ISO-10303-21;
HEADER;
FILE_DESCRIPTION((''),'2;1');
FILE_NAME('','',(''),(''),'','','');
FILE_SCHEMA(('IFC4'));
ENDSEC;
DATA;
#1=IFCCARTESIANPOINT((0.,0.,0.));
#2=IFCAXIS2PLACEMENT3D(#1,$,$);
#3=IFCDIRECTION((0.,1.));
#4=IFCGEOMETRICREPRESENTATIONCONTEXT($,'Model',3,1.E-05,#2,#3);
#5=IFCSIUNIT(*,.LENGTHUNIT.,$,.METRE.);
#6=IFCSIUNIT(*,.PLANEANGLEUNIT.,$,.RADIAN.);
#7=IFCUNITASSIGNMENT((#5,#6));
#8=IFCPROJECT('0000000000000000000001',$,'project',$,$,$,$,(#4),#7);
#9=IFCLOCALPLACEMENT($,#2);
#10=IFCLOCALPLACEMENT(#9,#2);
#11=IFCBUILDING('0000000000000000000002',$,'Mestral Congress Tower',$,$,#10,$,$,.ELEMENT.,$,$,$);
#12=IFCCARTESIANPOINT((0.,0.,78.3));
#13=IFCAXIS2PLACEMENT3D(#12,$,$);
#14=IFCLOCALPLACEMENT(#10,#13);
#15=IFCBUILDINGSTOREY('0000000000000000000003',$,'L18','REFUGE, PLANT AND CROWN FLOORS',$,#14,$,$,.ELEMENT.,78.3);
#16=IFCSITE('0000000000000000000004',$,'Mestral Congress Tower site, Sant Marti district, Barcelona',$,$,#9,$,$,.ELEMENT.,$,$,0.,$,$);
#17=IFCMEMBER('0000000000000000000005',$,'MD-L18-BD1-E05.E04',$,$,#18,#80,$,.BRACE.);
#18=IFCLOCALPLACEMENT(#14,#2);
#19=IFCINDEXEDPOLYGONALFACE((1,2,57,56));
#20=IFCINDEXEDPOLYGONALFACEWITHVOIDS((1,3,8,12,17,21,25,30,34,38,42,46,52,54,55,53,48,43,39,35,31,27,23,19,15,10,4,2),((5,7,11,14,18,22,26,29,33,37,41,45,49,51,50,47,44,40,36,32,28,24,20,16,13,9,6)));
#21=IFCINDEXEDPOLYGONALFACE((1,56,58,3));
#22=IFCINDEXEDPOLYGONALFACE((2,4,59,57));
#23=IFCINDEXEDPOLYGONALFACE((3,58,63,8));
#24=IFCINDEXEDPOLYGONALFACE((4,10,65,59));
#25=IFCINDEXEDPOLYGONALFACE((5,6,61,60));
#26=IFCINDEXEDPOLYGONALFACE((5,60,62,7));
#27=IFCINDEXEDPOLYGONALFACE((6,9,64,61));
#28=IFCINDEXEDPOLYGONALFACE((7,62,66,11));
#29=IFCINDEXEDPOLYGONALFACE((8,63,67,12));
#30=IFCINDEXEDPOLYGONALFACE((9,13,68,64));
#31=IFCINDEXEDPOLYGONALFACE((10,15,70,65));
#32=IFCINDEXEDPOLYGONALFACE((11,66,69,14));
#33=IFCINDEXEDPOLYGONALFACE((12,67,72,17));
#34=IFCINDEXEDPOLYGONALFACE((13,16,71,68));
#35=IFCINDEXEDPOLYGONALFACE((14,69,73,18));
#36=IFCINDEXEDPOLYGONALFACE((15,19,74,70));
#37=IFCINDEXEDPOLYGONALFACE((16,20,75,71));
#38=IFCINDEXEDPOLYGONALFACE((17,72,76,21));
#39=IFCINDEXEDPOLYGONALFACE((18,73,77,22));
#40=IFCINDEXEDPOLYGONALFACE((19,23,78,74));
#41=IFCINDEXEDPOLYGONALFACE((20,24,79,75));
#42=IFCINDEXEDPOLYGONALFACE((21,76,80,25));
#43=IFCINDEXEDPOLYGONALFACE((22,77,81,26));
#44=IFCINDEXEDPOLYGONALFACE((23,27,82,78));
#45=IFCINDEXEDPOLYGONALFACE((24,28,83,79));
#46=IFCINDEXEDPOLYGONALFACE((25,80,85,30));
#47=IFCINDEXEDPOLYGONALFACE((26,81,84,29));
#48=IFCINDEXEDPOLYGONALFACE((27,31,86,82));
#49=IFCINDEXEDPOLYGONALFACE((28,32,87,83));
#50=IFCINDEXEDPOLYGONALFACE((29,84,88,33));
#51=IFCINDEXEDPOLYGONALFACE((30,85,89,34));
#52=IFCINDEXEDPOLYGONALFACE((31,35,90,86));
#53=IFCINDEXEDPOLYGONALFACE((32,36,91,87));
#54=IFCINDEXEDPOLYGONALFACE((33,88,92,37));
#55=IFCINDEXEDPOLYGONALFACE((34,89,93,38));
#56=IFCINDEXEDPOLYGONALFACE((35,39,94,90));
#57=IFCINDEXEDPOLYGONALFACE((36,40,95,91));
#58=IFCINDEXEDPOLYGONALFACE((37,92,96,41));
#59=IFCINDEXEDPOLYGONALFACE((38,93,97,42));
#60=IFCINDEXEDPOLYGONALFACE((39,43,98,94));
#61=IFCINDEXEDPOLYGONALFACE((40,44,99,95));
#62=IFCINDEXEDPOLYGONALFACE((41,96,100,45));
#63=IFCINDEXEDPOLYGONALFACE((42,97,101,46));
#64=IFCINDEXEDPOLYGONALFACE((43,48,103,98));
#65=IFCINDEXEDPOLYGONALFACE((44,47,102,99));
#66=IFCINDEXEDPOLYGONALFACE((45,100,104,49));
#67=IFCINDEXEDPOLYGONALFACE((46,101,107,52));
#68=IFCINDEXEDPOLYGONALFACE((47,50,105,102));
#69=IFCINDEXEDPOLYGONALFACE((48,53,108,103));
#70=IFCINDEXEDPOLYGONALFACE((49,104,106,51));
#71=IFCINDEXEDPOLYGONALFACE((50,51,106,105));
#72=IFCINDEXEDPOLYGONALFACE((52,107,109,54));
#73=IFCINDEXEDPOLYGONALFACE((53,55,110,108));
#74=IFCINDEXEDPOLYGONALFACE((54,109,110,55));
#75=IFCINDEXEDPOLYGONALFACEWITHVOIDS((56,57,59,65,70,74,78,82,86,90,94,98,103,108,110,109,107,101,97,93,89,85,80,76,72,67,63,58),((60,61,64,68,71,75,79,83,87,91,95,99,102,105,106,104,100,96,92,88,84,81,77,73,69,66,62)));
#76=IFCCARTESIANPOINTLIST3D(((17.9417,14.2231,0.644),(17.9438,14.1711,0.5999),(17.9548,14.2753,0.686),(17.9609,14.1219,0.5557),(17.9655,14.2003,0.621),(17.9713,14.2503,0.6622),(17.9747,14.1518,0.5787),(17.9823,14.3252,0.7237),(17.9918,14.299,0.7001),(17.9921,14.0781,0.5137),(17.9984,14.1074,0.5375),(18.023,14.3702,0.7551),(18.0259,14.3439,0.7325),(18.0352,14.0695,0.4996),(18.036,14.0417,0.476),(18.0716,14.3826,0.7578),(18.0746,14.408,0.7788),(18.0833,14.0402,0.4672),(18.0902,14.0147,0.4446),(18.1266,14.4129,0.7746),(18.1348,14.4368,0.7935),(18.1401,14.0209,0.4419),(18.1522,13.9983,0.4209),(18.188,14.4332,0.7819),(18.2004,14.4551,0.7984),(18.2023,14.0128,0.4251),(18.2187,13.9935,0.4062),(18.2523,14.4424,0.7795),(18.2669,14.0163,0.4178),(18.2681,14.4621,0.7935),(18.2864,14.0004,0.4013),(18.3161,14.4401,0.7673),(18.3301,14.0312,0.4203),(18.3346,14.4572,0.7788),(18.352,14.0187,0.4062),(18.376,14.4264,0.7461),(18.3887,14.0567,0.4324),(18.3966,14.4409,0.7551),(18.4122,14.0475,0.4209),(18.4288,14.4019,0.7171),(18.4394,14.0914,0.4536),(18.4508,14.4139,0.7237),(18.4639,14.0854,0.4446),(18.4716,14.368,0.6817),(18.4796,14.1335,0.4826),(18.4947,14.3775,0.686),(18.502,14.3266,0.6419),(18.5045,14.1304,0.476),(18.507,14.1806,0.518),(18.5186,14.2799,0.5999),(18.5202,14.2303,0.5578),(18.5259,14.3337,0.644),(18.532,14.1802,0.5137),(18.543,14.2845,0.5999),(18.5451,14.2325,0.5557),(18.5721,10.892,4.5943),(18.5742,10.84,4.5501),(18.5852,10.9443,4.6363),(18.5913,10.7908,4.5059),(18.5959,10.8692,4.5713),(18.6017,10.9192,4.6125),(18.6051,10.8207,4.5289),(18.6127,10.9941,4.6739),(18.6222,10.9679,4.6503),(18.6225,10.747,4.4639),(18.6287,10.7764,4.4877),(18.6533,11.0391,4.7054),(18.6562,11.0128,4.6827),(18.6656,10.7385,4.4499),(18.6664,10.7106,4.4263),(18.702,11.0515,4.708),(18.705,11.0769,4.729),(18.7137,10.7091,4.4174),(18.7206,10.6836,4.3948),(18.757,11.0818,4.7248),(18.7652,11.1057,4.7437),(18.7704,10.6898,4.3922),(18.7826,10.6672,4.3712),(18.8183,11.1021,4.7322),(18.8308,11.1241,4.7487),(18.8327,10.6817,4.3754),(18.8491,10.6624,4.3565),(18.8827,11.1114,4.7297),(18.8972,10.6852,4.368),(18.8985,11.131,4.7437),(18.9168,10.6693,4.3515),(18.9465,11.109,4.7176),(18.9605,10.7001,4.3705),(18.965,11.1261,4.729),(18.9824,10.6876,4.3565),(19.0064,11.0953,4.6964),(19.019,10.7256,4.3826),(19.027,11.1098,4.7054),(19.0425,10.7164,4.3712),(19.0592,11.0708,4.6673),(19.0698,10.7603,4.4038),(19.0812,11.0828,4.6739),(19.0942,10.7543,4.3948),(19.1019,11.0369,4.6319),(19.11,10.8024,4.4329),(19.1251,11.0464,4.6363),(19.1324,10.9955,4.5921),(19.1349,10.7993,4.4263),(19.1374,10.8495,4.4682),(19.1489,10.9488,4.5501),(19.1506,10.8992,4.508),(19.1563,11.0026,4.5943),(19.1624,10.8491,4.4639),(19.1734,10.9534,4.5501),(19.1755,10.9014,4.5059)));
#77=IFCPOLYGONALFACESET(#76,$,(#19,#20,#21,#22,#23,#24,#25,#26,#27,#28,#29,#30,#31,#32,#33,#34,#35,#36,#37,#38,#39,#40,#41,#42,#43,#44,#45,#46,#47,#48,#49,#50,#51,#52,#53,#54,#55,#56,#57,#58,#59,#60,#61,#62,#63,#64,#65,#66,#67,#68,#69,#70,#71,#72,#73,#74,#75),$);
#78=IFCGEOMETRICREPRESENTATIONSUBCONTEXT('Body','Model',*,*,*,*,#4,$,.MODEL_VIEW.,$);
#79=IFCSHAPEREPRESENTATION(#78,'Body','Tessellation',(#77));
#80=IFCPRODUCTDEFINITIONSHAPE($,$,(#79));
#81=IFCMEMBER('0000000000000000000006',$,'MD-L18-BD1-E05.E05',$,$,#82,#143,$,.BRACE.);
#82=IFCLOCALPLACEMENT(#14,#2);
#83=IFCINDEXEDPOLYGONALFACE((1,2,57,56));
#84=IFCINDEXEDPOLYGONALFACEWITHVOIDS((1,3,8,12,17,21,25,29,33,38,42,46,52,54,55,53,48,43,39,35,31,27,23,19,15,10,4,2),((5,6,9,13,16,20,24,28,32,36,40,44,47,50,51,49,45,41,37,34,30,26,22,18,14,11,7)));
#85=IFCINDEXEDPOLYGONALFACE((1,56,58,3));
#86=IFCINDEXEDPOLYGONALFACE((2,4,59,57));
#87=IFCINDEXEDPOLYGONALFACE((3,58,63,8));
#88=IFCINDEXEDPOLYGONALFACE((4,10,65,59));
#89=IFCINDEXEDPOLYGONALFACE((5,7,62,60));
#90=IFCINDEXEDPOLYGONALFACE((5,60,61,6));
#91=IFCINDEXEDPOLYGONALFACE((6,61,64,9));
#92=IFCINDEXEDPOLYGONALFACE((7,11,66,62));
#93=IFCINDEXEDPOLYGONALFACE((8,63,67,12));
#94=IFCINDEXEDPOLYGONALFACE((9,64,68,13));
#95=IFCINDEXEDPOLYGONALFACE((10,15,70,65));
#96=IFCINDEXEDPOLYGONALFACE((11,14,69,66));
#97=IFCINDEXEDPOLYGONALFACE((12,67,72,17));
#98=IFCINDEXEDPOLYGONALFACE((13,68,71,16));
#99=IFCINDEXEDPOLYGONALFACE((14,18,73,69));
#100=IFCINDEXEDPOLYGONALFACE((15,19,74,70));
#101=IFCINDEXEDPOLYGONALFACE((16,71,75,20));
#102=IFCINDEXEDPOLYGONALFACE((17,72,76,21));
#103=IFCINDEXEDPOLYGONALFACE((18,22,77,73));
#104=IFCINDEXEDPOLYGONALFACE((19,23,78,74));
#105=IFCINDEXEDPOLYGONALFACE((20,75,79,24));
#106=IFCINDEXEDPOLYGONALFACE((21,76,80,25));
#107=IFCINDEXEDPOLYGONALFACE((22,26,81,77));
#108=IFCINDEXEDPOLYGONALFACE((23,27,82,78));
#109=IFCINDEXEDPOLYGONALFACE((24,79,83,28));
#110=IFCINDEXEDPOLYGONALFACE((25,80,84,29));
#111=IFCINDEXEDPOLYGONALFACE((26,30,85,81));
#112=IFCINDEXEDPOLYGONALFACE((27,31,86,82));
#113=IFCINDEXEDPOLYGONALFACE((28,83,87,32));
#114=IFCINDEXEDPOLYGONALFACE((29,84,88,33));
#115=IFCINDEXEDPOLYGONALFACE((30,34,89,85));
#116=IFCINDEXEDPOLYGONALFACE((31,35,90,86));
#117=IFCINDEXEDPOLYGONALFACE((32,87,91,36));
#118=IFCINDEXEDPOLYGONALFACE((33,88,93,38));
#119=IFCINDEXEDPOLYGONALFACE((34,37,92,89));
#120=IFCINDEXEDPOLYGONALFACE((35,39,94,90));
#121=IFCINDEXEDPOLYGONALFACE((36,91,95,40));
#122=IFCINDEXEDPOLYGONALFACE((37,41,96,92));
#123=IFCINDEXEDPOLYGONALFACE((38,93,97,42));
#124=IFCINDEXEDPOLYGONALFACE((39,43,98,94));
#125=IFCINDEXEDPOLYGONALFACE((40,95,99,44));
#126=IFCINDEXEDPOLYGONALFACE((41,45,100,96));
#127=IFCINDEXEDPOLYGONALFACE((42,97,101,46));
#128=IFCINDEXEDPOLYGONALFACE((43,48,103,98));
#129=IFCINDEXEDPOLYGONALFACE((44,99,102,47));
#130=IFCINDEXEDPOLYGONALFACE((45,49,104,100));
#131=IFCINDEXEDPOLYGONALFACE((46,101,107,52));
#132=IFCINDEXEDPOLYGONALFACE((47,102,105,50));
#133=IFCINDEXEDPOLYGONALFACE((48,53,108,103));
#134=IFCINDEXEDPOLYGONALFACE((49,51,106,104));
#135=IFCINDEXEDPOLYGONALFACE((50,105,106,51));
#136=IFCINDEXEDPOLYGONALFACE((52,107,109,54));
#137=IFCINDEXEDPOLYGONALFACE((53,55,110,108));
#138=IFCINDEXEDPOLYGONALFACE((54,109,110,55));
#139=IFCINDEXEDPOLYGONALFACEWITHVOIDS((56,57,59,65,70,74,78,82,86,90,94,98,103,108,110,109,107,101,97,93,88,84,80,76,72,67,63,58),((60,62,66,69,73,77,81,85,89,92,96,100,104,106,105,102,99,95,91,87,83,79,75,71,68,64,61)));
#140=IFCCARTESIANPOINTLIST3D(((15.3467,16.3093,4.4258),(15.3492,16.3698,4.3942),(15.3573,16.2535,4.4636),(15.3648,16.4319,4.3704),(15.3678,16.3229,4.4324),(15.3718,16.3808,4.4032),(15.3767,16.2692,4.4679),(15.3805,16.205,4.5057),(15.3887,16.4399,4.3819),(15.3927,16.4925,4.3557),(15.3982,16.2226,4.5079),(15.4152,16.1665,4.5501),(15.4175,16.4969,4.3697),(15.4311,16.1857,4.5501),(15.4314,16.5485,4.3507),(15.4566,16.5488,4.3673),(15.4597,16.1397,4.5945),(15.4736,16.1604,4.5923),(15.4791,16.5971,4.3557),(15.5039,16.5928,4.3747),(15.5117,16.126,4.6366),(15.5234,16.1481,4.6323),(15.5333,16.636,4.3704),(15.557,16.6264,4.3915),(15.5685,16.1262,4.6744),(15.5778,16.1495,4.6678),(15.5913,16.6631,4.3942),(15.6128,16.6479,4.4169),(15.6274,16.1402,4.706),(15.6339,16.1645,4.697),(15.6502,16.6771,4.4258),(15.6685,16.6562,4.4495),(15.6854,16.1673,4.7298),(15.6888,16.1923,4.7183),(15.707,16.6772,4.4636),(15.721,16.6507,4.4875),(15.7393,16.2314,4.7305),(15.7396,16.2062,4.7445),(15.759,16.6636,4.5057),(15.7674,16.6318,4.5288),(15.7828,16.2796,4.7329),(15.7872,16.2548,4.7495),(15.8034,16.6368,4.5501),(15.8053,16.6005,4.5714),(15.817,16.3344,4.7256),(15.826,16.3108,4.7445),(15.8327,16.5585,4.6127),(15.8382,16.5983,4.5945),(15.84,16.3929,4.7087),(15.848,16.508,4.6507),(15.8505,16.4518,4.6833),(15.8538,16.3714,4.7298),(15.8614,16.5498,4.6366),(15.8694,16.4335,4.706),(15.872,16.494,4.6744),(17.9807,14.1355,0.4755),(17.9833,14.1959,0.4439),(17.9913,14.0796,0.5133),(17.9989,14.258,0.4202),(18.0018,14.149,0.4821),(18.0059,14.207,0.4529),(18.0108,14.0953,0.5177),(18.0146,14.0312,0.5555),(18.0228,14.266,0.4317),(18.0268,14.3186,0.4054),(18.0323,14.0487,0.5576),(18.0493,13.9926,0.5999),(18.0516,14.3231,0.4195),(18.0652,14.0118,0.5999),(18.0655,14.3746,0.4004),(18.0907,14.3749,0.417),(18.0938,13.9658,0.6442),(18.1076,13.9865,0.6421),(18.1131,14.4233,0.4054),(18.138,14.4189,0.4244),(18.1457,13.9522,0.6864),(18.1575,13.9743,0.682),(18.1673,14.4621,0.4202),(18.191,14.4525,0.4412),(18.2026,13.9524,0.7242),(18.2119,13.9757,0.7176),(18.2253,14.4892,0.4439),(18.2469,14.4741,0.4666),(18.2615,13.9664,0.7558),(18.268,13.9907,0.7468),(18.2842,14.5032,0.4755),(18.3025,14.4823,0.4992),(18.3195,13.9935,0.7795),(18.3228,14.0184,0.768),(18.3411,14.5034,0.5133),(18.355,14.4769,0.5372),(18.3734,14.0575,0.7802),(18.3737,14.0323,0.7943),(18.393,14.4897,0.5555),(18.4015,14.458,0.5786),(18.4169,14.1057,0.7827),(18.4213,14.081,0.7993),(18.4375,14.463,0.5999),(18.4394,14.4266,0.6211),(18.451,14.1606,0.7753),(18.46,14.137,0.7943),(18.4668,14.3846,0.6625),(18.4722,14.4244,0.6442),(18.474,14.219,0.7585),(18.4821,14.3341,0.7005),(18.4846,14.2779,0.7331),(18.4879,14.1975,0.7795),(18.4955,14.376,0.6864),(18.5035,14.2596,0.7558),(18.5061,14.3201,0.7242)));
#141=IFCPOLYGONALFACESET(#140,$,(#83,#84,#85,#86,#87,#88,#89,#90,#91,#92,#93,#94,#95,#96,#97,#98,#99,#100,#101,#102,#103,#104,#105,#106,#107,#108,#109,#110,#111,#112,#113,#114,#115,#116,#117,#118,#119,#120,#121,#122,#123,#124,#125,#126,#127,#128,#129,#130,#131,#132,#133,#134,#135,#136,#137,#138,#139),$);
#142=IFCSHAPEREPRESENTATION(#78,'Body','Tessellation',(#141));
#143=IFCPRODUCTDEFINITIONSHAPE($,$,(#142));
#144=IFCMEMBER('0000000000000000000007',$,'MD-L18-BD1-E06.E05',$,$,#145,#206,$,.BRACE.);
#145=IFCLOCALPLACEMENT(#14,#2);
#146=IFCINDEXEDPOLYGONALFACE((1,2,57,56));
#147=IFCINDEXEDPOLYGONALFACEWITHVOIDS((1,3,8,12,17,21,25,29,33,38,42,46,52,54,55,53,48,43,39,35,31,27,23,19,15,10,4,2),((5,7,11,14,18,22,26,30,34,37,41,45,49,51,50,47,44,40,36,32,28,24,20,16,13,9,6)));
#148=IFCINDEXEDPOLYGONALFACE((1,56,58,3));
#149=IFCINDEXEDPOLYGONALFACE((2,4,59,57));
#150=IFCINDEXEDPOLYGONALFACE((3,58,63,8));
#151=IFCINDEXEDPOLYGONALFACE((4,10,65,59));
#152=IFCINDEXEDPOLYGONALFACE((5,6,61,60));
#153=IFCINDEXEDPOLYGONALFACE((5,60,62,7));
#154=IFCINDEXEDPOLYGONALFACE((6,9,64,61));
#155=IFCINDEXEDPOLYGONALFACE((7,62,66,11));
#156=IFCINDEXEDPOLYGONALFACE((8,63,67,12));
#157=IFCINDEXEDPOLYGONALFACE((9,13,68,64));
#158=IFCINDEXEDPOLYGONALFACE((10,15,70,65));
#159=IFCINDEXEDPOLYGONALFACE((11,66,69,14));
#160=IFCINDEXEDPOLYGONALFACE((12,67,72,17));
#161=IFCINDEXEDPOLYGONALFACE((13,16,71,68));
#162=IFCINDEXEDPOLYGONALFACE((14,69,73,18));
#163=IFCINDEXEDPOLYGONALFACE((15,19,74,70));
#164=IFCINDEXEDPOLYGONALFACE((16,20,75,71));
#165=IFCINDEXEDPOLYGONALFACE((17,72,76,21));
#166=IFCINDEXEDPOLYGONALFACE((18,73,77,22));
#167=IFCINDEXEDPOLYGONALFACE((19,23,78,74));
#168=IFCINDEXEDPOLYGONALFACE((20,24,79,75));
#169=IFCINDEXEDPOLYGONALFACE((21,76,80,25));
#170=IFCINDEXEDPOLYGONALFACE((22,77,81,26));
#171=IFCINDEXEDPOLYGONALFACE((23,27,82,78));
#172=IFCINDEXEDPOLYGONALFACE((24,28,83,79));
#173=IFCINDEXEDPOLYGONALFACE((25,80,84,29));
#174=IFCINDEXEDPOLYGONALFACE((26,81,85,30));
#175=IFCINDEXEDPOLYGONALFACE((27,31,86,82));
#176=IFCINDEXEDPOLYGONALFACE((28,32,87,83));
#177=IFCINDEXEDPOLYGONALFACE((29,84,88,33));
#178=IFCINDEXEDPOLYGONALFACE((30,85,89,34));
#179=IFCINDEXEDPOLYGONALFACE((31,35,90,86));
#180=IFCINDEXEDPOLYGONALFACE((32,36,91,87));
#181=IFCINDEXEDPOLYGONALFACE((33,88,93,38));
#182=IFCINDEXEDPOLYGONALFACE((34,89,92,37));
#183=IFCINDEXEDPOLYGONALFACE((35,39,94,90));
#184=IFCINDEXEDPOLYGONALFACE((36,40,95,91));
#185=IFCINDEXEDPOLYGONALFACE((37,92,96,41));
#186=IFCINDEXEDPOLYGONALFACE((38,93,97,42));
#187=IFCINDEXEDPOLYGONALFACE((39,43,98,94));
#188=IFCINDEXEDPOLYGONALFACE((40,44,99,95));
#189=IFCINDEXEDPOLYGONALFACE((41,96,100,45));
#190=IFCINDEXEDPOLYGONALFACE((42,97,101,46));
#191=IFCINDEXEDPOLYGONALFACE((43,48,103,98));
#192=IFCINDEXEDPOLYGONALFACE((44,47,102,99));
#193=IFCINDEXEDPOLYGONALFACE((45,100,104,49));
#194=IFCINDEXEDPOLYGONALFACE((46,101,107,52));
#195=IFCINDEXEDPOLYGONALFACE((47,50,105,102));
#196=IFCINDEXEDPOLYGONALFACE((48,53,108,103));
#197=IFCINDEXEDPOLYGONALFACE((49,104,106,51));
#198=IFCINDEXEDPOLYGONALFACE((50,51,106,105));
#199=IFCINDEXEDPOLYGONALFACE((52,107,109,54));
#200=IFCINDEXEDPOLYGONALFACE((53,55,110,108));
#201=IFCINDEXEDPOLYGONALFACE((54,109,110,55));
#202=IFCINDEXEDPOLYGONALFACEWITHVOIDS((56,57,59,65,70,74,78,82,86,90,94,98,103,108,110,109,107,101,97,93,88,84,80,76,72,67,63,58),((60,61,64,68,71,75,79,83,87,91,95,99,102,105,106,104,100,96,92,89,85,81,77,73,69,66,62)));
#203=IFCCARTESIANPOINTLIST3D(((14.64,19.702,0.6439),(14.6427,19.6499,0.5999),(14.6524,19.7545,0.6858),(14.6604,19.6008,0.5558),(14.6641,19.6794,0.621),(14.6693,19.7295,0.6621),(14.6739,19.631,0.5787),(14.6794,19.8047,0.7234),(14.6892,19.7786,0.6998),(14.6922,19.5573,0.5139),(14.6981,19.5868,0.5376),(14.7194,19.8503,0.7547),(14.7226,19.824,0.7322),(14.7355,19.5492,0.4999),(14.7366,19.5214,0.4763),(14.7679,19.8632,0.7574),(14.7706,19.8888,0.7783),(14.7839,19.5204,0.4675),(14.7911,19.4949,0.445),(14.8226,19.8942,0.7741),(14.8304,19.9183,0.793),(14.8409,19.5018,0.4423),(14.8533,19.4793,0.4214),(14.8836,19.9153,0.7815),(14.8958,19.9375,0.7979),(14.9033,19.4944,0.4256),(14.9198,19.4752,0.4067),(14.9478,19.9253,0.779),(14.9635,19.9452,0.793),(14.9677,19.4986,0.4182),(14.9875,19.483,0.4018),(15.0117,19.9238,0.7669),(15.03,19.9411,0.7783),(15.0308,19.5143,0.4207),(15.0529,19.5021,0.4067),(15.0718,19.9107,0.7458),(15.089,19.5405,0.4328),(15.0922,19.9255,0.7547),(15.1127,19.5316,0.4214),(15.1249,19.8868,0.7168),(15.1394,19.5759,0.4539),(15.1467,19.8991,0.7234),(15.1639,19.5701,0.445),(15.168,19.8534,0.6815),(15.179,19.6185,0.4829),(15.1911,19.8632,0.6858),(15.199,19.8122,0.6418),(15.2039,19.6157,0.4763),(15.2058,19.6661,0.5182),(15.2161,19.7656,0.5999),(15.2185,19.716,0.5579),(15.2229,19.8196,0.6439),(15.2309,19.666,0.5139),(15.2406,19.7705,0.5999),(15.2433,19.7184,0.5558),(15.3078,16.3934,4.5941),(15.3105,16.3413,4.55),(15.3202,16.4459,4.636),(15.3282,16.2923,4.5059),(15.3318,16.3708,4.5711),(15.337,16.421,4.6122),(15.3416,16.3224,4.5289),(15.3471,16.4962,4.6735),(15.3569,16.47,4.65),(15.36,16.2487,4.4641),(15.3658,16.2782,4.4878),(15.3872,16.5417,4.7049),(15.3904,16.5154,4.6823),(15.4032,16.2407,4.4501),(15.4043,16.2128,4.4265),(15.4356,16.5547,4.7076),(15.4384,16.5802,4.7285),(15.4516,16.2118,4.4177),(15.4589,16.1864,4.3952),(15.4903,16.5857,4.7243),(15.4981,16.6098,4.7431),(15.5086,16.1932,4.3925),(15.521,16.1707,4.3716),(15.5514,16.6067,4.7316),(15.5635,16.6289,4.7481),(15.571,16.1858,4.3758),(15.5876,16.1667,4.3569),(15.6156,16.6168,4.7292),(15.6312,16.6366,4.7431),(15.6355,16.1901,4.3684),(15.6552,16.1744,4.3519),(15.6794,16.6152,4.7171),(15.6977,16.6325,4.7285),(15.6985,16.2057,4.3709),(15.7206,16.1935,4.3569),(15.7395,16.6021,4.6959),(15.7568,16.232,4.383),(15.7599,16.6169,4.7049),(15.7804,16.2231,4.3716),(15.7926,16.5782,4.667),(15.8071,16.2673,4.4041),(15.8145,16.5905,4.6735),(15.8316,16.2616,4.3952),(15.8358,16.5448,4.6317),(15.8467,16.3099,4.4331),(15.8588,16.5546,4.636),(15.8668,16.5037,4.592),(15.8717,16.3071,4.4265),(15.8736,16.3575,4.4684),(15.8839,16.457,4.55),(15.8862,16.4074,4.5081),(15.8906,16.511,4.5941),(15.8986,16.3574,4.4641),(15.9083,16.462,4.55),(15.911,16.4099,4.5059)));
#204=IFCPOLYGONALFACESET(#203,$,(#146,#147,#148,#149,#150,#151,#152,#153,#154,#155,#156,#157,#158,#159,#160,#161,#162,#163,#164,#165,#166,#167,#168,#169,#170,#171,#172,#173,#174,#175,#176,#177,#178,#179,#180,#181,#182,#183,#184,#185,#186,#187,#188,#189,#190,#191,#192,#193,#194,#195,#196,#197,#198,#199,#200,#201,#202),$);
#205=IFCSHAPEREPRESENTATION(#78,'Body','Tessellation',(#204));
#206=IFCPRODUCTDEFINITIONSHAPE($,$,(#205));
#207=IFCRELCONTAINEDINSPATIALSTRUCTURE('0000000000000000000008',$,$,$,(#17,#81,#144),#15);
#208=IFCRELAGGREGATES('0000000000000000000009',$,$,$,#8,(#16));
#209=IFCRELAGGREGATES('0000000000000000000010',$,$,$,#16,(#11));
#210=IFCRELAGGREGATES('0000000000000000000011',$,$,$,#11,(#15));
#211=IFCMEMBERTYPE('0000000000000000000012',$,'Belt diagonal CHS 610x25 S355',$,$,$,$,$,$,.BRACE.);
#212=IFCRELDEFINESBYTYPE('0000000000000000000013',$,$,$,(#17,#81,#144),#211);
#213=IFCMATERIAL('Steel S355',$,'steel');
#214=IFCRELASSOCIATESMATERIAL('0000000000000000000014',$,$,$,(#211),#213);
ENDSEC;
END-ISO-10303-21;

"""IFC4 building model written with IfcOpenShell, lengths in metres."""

from ifc_helpers import new_model, si_unit, direction, frame, origin, origin_2d, place, context, subcontext, project, spatial, hollow_circle, extrude, material, material_profile, profile_set, type_object, element, save


model = new_model("IFC4")

# Units and contexts
model_context = context("Model", 3, precision=1e-05, world=origin(), true_north=direction((0.0, 1.0)))
body_context = subcontext(model_context, "Body", "Model", "MODEL_VIEW")
ifc_project = project(units=[si_unit("LENGTHUNIT", "METRE"), si_unit("PLANEANGLEUNIT", "RADIAN")], contexts=[model_context])

# Site, building, storey
site_placement = place(None, origin())
site = spatial("IfcSite", under=ifc_project, at=site_placement, Name="Mestral Congress Tower site, Sant Marti district, Barcelona", CompositionType="ELEMENT", RefElevation=0.0)
building_placement = place(site_placement, origin())
building = spatial("IfcBuilding", under=site, at=building_placement, Name="Mestral Congress Tower", CompositionType="ELEMENT")
storey_placement = place(building_placement, frame((0.0, 0.0, 78.3)))
storey = spatial("IfcBuildingStorey", under=building, at=storey_placement, Name="L18", Description="REFUGE, PLANT AND CROWN FLOORS", CompositionType="ELEMENT", Elevation=78.3)

# Members
ifc_material_1 = material(Name="Steel S355", Category="steel")
ifc_material_profile_1 = material_profile(ifc_material_1, hollow_circle(Radius=0.3049, WallThickness=0.0249, at=origin_2d()), Name="CHS 610x25")
ifc_profile_set_1 = profile_set([ifc_material_profile_1], Name="Steel S355")
member_type_1 = type_object("IfcMemberType", Name="Belt diagonal CHS 610x25 S355", PredefinedType="BRACE", material=ifc_profile_set_1)
member_1_placement = place(storey_placement, frame((18.2434, 14.2278, 0.5999), z_axis=(0.121097, -0.639909, 0.758849), x_axis=(0.982561, 0.185941, 0.0)))
element("IfcMember", 1, at=member_1_placement, inside=storey, type_object=member_type_1, Name="MD-L18-BD1-E05.E04", PredefinedType="BRACE", context=body_context, shape_type="SweptSolid", body=[
    extrude(hollow_circle(Radius=0.3049, WallThickness=0.0249, at=origin_2d()), origin(), (0.0, 0.0, 1.0), 5.2056),
])
member_2_placement = place(storey_placement, frame((18.2434, 14.2278, 0.5999), z_axis=(-0.504425, 0.416295, 0.756475), x_axis=(-0.636514, -0.771265, 0.0)))
element("IfcMember", 2, at=member_2_placement, inside=storey, type_object=member_type_1, Name="MD-L18-BD1-E05.E05", PredefinedType="BRACE", context=body_context, shape_type="SweptSolid", body=[
    extrude(hollow_circle(Radius=0.3049, WallThickness=0.0249, at=origin_2d()), origin(), (0.0, 0.0, 1.0), 5.2219),
])
member_3_placement = place(storey_placement, frame((14.9417, 19.7102, 0.5999), z_axis=(0.128512, -0.636778, 0.760262), x_axis=(0.980237, 0.197827, 0.0)))
element("IfcMember", 3, at=member_3_placement, inside=storey, type_object=member_type_1, Name="MD-L18-BD1-E06.E05", PredefinedType="BRACE", context=body_context, shape_type="SweptSolid", body=[
    extrude(hollow_circle(Radius=0.3049, WallThickness=0.0249, at=origin_2d()), origin(), (0.0, 0.0, 1.0), 5.1958),
])

save(model, "model.ifc")
